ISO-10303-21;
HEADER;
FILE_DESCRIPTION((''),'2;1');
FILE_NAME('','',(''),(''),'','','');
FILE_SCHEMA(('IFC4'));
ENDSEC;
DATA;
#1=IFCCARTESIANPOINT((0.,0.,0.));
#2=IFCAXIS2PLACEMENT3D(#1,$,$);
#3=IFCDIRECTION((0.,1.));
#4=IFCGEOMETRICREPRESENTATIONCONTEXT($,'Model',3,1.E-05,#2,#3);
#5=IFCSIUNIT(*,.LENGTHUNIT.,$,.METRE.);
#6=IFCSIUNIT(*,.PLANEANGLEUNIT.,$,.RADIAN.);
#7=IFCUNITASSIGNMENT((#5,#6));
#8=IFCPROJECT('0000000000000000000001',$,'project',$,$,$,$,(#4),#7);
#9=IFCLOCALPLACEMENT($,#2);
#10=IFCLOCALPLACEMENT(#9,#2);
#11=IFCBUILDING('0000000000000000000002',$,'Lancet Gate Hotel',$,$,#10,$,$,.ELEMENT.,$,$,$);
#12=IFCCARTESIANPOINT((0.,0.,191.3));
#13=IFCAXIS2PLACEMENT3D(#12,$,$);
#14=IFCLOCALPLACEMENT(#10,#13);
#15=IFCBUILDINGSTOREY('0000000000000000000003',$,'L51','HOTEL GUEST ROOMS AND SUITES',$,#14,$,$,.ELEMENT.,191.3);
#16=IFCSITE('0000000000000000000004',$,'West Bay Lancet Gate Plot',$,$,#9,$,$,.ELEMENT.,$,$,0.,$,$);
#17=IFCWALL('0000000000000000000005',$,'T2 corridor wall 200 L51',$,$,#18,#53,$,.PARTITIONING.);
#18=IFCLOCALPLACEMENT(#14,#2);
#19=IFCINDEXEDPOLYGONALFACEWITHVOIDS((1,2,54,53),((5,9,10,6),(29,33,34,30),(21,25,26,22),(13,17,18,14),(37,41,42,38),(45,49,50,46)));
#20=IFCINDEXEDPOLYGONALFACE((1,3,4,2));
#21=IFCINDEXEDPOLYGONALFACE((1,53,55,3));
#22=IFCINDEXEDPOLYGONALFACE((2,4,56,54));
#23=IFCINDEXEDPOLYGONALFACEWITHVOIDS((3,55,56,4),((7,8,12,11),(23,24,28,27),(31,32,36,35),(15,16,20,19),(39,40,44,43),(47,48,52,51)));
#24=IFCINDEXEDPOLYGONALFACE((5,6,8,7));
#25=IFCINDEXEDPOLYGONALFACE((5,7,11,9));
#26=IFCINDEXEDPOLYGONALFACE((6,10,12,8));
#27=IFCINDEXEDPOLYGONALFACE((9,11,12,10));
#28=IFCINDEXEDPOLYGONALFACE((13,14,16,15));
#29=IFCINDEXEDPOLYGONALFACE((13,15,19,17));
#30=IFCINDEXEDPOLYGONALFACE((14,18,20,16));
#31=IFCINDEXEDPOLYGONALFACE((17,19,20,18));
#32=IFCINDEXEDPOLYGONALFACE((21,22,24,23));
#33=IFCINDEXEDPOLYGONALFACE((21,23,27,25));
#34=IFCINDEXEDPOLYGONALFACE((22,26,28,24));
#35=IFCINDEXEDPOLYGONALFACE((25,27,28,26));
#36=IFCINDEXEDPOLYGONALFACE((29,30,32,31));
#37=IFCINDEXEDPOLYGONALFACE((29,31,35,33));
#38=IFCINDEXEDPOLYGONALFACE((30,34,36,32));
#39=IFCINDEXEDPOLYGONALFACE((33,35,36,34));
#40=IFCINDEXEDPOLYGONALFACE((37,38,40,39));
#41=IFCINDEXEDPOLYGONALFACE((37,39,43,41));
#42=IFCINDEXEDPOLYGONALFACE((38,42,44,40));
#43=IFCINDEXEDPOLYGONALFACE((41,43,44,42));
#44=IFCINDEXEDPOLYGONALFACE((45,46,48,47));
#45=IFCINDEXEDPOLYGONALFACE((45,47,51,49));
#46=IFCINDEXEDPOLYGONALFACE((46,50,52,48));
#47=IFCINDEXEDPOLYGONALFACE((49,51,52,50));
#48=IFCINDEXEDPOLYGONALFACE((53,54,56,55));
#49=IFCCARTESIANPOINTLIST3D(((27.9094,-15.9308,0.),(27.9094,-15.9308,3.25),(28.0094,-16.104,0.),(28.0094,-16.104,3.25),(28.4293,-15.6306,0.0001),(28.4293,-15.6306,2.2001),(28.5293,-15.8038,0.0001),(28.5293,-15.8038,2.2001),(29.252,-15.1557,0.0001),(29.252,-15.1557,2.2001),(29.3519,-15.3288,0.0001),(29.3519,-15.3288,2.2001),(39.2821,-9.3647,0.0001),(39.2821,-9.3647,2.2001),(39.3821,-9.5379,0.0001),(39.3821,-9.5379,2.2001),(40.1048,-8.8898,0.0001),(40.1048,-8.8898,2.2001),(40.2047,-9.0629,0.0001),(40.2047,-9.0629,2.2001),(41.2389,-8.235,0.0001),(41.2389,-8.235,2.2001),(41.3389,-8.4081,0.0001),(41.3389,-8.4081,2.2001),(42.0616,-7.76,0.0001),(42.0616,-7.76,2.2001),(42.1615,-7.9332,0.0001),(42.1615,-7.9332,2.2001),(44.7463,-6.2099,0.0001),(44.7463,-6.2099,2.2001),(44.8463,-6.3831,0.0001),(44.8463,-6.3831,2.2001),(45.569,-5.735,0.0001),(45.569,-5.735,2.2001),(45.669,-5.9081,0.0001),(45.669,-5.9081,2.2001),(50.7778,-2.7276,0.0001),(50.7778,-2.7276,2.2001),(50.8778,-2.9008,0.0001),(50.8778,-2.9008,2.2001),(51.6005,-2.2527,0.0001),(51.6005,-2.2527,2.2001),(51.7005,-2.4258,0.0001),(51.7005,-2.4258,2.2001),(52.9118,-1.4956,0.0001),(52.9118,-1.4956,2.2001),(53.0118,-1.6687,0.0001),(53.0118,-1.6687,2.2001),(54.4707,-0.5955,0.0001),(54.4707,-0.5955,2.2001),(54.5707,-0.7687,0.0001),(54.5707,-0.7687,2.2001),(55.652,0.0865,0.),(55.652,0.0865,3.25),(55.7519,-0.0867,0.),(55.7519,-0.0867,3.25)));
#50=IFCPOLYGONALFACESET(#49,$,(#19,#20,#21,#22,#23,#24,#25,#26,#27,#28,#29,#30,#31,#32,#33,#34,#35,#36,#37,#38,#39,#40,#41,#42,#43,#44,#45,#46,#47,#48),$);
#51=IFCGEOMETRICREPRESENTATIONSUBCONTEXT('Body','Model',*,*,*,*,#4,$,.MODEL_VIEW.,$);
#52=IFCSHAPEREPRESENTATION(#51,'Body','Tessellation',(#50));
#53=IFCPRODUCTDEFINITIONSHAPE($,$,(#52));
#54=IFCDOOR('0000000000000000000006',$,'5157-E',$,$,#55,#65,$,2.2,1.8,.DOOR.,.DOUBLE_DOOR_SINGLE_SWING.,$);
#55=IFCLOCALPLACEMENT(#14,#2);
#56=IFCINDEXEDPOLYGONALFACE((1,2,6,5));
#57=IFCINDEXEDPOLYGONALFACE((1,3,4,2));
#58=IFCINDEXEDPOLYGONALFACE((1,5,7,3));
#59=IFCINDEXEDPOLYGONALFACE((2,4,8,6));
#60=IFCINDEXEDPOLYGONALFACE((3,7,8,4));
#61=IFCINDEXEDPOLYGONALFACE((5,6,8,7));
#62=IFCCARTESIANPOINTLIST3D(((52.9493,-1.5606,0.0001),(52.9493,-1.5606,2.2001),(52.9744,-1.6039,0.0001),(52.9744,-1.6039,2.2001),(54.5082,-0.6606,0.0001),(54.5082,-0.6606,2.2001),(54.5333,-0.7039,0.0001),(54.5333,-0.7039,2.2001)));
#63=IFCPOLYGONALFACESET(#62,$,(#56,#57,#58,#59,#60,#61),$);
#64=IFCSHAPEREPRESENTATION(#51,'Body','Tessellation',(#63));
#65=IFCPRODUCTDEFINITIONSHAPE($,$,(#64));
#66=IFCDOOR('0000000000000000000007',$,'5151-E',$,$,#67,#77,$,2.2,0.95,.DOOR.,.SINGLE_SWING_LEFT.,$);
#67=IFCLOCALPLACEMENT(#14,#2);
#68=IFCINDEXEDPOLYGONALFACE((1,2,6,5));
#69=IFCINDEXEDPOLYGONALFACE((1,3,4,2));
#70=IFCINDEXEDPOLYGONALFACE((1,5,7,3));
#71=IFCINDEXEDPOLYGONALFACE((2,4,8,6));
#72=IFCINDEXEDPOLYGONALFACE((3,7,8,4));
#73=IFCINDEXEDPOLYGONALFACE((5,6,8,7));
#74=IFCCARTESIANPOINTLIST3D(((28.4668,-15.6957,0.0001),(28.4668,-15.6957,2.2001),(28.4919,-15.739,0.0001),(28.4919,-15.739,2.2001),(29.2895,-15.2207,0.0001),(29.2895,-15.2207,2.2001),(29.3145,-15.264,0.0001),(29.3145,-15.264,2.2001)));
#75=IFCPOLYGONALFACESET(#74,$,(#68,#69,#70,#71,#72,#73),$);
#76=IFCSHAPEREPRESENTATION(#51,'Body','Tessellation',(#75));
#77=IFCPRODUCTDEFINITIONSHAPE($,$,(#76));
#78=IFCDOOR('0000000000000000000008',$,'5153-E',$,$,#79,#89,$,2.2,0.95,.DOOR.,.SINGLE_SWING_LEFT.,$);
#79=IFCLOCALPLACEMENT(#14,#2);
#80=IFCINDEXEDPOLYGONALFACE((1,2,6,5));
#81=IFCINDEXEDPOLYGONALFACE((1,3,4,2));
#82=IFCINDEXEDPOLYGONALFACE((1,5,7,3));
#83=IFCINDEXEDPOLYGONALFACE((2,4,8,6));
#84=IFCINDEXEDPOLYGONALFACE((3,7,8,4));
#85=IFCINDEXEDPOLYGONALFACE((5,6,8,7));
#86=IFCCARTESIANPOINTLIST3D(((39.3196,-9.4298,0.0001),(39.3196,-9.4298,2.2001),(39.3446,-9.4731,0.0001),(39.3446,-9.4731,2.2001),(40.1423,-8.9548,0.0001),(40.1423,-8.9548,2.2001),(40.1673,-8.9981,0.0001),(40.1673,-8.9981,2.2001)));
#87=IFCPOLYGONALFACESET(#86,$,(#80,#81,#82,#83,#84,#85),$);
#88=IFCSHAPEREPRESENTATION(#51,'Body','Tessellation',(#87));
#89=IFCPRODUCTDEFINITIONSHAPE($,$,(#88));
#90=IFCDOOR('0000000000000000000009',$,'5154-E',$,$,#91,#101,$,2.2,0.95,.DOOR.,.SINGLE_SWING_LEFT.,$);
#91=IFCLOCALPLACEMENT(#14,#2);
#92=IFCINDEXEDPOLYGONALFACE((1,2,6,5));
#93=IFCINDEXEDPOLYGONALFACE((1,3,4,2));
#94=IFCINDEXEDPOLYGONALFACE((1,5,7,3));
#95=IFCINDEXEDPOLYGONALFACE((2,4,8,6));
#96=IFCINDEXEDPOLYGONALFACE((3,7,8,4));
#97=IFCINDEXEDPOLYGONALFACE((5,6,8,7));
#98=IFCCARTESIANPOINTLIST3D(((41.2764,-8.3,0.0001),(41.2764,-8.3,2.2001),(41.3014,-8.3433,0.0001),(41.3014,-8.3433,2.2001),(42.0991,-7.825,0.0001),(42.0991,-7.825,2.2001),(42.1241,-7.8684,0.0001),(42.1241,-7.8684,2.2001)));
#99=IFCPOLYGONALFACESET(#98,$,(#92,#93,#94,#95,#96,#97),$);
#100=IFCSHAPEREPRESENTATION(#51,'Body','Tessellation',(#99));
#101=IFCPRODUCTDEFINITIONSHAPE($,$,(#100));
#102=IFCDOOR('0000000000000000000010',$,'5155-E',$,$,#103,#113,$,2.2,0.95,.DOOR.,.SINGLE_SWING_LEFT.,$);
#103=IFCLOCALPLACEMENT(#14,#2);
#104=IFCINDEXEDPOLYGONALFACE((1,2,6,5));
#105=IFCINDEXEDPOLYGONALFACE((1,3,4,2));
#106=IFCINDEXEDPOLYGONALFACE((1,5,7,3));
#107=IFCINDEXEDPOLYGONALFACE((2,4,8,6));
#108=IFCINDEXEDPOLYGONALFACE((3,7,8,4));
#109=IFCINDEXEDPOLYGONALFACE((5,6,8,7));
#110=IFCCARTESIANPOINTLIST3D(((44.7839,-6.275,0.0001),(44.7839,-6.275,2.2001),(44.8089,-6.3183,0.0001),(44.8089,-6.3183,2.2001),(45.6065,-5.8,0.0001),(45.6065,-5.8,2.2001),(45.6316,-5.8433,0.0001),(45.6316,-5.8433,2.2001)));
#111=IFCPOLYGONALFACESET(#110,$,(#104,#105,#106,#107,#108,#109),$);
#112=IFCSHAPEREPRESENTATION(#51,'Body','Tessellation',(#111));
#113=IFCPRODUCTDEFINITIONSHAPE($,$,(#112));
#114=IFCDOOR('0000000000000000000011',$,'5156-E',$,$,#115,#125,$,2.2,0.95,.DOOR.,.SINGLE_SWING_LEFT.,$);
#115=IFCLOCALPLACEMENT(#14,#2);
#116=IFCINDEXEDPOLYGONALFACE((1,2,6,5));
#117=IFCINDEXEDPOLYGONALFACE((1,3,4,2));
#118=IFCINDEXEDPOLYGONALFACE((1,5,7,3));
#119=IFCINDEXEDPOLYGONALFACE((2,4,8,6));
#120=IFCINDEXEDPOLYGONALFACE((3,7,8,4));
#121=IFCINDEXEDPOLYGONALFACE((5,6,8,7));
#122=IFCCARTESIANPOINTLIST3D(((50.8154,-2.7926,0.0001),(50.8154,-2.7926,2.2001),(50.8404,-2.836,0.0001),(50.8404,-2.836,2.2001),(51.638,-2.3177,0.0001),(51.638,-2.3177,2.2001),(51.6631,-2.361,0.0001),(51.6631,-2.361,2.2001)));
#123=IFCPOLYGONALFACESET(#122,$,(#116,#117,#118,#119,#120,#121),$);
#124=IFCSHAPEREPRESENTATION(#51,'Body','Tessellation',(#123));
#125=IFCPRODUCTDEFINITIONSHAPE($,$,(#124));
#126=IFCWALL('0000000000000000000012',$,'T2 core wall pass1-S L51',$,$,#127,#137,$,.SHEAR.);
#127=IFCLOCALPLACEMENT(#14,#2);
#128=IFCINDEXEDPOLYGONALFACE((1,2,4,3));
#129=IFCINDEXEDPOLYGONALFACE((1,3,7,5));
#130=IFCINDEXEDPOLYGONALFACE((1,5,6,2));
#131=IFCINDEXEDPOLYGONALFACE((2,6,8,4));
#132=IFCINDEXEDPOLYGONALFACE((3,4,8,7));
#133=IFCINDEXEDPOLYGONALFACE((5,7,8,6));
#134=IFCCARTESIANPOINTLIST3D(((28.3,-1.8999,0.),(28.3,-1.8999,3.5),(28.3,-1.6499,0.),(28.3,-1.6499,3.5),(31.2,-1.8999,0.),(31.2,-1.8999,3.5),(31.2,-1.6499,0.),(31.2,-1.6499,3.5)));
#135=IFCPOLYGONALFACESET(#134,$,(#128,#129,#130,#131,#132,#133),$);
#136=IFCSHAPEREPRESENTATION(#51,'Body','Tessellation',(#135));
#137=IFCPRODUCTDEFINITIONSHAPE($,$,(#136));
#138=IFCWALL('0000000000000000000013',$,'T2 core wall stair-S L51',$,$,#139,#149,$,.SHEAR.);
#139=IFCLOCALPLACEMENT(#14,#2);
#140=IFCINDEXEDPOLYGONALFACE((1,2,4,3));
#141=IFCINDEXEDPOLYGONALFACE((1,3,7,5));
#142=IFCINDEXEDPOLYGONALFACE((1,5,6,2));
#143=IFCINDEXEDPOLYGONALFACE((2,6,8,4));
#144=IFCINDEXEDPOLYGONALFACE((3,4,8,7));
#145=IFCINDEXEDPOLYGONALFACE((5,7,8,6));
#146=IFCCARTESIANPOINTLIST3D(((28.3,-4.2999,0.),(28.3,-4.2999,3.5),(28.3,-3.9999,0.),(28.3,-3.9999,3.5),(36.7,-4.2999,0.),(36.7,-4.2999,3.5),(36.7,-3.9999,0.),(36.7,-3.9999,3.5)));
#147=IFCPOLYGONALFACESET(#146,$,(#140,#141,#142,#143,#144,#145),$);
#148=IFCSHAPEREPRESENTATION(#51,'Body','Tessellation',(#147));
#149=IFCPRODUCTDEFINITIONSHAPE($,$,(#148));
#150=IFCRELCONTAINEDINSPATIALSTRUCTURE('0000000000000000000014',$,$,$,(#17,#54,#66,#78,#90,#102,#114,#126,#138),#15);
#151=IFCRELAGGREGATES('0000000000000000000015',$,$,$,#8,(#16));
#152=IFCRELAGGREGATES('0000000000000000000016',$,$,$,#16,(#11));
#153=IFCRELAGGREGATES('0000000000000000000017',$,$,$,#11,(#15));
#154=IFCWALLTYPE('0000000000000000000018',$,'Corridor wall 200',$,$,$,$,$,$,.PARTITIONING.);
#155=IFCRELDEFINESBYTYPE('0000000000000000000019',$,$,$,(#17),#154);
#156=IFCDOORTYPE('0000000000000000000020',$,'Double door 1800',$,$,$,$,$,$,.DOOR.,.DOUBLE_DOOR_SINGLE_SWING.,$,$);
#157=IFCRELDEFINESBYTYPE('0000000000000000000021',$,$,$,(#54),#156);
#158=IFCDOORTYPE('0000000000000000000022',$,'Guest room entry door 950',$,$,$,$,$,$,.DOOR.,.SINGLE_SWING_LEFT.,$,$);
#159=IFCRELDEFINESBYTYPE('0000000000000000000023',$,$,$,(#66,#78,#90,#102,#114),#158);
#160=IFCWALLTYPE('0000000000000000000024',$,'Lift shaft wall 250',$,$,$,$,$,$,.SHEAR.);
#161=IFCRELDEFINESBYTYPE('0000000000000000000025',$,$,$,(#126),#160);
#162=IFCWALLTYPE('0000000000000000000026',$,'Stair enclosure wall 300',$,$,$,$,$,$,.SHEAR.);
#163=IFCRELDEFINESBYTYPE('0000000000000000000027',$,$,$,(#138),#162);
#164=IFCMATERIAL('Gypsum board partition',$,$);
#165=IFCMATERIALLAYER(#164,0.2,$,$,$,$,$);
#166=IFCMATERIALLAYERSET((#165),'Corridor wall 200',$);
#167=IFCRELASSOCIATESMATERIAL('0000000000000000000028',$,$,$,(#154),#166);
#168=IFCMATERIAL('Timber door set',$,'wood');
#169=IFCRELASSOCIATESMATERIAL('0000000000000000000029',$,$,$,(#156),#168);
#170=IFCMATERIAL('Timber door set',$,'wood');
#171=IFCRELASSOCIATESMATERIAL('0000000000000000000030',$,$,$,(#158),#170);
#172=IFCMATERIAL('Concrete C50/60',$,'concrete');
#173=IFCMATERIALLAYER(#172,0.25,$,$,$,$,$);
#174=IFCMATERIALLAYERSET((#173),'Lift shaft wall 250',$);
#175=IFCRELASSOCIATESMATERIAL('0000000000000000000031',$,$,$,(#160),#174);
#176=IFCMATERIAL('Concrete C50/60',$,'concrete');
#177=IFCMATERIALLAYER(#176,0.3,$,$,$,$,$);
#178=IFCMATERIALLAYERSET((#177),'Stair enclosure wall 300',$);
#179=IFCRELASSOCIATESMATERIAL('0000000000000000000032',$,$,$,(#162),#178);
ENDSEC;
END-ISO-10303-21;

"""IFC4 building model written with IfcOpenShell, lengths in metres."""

from ifc_helpers import new_model, si_unit, direction, frame, frame_2d, origin, place, context, subcontext, project, spatial, rectangle, extrude, material, layer, layer_set, type_object, element, fill, save


model = new_model("IFC4")

# Units and contexts
model_context = context("Model", 3, precision=1e-05, world=origin(), true_north=direction((0.0, 1.0)))
body_context = subcontext(model_context, "Body", "Model", "MODEL_VIEW")
ifc_project = project(units=[si_unit("LENGTHUNIT", "METRE"), si_unit("PLANEANGLEUNIT", "RADIAN")], contexts=[model_context])

# Site, building, storey
site_placement = place(None, origin())
site = spatial("IfcSite", under=ifc_project, at=site_placement, Name="West Bay Lancet Gate Plot", CompositionType="ELEMENT", RefElevation=0.0)
building_placement = place(site_placement, origin())
building = spatial("IfcBuilding", under=site, at=building_placement, Name="Lancet Gate Hotel", CompositionType="ELEMENT")
storey_placement = place(building_placement, frame((0.0, 0.0, 191.3)))
storey = spatial("IfcBuildingStorey", under=building, at=storey_placement, Name="L51", Description="HOTEL GUEST ROOMS AND SUITES", CompositionType="ELEMENT", Elevation=191.3)

# Wall, openings, doors
ifc_material_1 = material(Name="Gypsum board partition")
ifc_layer_1 = layer(ifc_material_1, 0.2)
ifc_layer_set_1 = layer_set([ifc_layer_1], Name="Corridor wall 200")
wall_type_1 = type_object("IfcWallType", Name="Corridor wall 200", PredefinedType="PARTITIONING", material=ifc_layer_set_1)
wall_1_placement = place(storey_placement, frame((27.9595, -16.0173, 0.0), z_axis=(0.0, 0.0, 1.0), x_axis=(0.866024, 0.500002, 0.0)))
wall_1 = element("IfcWall", 1, at=wall_1_placement, inside=storey, type_object=wall_type_1, Name="T2 corridor wall 200 L51", PredefinedType="PARTITIONING", context=body_context, shape_type="SweptSolid", body=[
    extrude(rectangle(XDim=32.0344, YDim=0.2, at=frame_2d((16.0171, 0.0))), origin(), (0.0, 0.0, 1.0), 3.25),
])
opening_1_placement = place(wall_1_placement, frame((0.6001, 0.0, 0.0)))
opening_1 = element("IfcOpeningElement", 2, at=opening_1_placement, cuts=wall_1, PredefinedType="OPENING", context=body_context, shape_type="SweptSolid", body=[
    extrude(rectangle(XDim=0.95, YDim=2.2, at=frame_2d((0.4751, 1.1001))), frame((0.0, 0.1099, 0.0), z_axis=(0.0, -1.0, 0.0), x_axis=(1.0, 0.0, 0.0)), (0.0, 0.0, 1.0), 0.22),
])
opening_2_placement = place(wall_1_placement, frame((13.1318, 0.0, 0.0)))
opening_2 = element("IfcOpeningElement", 3, at=opening_2_placement, cuts=wall_1, PredefinedType="OPENING", context=body_context, shape_type="SweptSolid", body=[
    extrude(rectangle(XDim=0.95, YDim=2.2, at=frame_2d((0.4751, 1.1001))), frame((0.0, 0.1099, 0.0), z_axis=(0.0, -1.0, 0.0), x_axis=(1.0, 0.0, 0.0)), (0.0, 0.0, 1.0), 0.22),
])
opening_3_placement = place(wall_1_placement, frame((15.3914, 0.0, 0.0)))
opening_3 = element("IfcOpeningElement", 4, at=opening_3_placement, cuts=wall_1, PredefinedType="OPENING", context=body_context, shape_type="SweptSolid", body=[
    extrude(rectangle(XDim=0.95, YDim=2.2, at=frame_2d((0.4751, 1.1001))), frame((0.0, 0.1099, 0.0), z_axis=(0.0, -1.0, 0.0), x_axis=(1.0, 0.0, 0.0)), (0.0, 0.0, 1.0), 0.22),
])
opening_4_placement = place(wall_1_placement, frame((19.4414, 0.0, 0.0)))
opening_4 = element("IfcOpeningElement", 5, at=opening_4_placement, cuts=wall_1, PredefinedType="OPENING", context=body_context, shape_type="SweptSolid", body=[
    extrude(rectangle(XDim=0.95, YDim=2.2, at=frame_2d((0.4751, 1.1001))), frame((0.0, 0.1099, 0.0), z_axis=(0.0, -1.0, 0.0), x_axis=(1.0, 0.0, 0.0)), (0.0, 0.0, 1.0), 0.22),
])
opening_5_placement = place(wall_1_placement, frame((26.406, 0.0, 0.0)))
opening_5 = element("IfcOpeningElement", 6, at=opening_5_placement, cuts=wall_1, PredefinedType="OPENING", context=body_context, shape_type="SweptSolid", body=[
    extrude(rectangle(XDim=0.95, YDim=2.2, at=frame_2d((0.4751, 1.1001))), frame((0.0, 0.1099, 0.0), z_axis=(0.0, -1.0, 0.0), x_axis=(1.0, 0.0, 0.0)), (0.0, 0.0, 1.0), 0.22),
])
opening_6_placement = place(wall_1_placement, frame((28.8704, 0.0, 0.0)))
opening_6 = element("IfcOpeningElement", 7, at=opening_6_placement, cuts=wall_1, PredefinedType="OPENING", context=body_context, shape_type="SweptSolid", body=[
    extrude(rectangle(XDim=1.8, YDim=2.2, at=frame_2d((0.8999, 1.1001))), frame((0.0, 0.1099, 0.0), z_axis=(0.0, -1.0, 0.0), x_axis=(1.0, 0.0, 0.0)), (0.0, 0.0, 1.0), 0.22),
])
ifc_material_2 = material(Name="Timber door set", Category="wood")
door_type_1 = type_object("IfcDoorType", Name="Double door 1800", OperationType="DOUBLE_DOOR_SINGLE_SWING", PredefinedType="DOOR", material=ifc_material_2)
door_1_placement = place(opening_6_placement, origin())
door_1 = element("IfcDoor", 8, at=door_1_placement, inside=storey, type_object=door_type_1, Name="5157-E", OperationType="DOUBLE_DOOR_SINGLE_SWING", OverallHeight=2.2, OverallWidth=1.8, PredefinedType="DOOR", context=body_context, shape_type="SweptSolid", body=[
    extrude(rectangle(XDim=1.8, YDim=2.2, at=frame_2d((0.8999, 1.1001))), frame((0.0, 0.0249, 0.0), z_axis=(0.0, -1.0, 0.0), x_axis=(1.0, 0.0, 0.0)), (0.0, 0.0, 1.0), 0.05),
])
fill(opening_6, door_1)
ifc_material_3 = material(Name="Timber door set", Category="wood")
door_type_2 = type_object("IfcDoorType", Name="Guest room entry door 950", OperationType="SINGLE_SWING_LEFT", PredefinedType="DOOR", material=ifc_material_3)
door_2_placement = place(opening_1_placement, origin())
door_2 = element("IfcDoor", 9, at=door_2_placement, inside=storey, type_object=door_type_2, Name="5151-E", OperationType="SINGLE_SWING_LEFT", OverallHeight=2.2, OverallWidth=0.95, PredefinedType="DOOR", context=body_context, shape_type="SweptSolid", body=[
    extrude(rectangle(XDim=0.95, YDim=2.2, at=frame_2d((0.4751, 1.1001))), frame((0.0, 0.0249, 0.0), z_axis=(0.0, -1.0, 0.0), x_axis=(1.0, 0.0, 0.0)), (0.0, 0.0, 1.0), 0.05),
])
fill(opening_1, door_2)
door_3_placement = place(opening_2_placement, origin())
door_3 = element("IfcDoor", 10, at=door_3_placement, inside=storey, type_object=door_type_2, Name="5153-E", OperationType="SINGLE_SWING_LEFT", OverallHeight=2.2, OverallWidth=0.95, PredefinedType="DOOR", context=body_context, shape_type="SweptSolid", body=[
    extrude(rectangle(XDim=0.95, YDim=2.2, at=frame_2d((0.4751, 1.1001))), frame((0.0, 0.0249, 0.0), z_axis=(0.0, -1.0, 0.0), x_axis=(1.0, 0.0, 0.0)), (0.0, 0.0, 1.0), 0.05),
])
fill(opening_2, door_3)
door_4_placement = place(opening_3_placement, origin())
door_4 = element("IfcDoor", 11, at=door_4_placement, inside=storey, type_object=door_type_2, Name="5154-E", OperationType="SINGLE_SWING_LEFT", OverallHeight=2.2, OverallWidth=0.95, PredefinedType="DOOR", context=body_context, shape_type="SweptSolid", body=[
    extrude(rectangle(XDim=0.95, YDim=2.2, at=frame_2d((0.4751, 1.1001))), frame((0.0, 0.0249, 0.0), z_axis=(0.0, -1.0, 0.0), x_axis=(1.0, 0.0, 0.0)), (0.0, 0.0, 1.0), 0.05),
])
fill(opening_3, door_4)
door_5_placement = place(opening_4_placement, origin())
door_5 = element("IfcDoor", 12, at=door_5_placement, inside=storey, type_object=door_type_2, Name="5155-E", OperationType="SINGLE_SWING_LEFT", OverallHeight=2.2, OverallWidth=0.95, PredefinedType="DOOR", context=body_context, shape_type="SweptSolid", body=[
    extrude(rectangle(XDim=0.95, YDim=2.2, at=frame_2d((0.4751, 1.1001))), frame((0.0, 0.0249, 0.0), z_axis=(0.0, -1.0, 0.0), x_axis=(1.0, 0.0, 0.0)), (0.0, 0.0, 1.0), 0.05),
])
fill(opening_4, door_5)
door_6_placement = place(opening_5_placement, origin())
door_6 = element("IfcDoor", 13, at=door_6_placement, inside=storey, type_object=door_type_2, Name="5156-E", OperationType="SINGLE_SWING_LEFT", OverallHeight=2.2, OverallWidth=0.95, PredefinedType="DOOR", context=body_context, shape_type="SweptSolid", body=[
    extrude(rectangle(XDim=0.95, YDim=2.2, at=frame_2d((0.4751, 1.1001))), frame((0.0, 0.0249, 0.0), z_axis=(0.0, -1.0, 0.0), x_axis=(1.0, 0.0, 0.0)), (0.0, 0.0, 1.0), 0.05),
])
fill(opening_5, door_6)

# Walls
ifc_material_4 = material(Name="Concrete C50/60", Category="concrete")
ifc_layer_2 = layer(ifc_material_4, 0.25)
ifc_layer_set_2 = layer_set([ifc_layer_2], Name="Lift shaft wall 250")
wall_type_2 = type_object("IfcWallType", Name="Lift shaft wall 250", PredefinedType="SHEAR", material=ifc_layer_set_2)
wall_2_placement = place(storey_placement, frame((28.3, -1.7749, 0.0), z_axis=(0.0, 0.0, 1.0), x_axis=(1.0, 0.0, 0.0)))
element("IfcWall", 14, at=wall_2_placement, inside=storey, type_object=wall_type_2, Name="T2 core wall pass1-S L51", PredefinedType="SHEAR", context=body_context, shape_type="SweptSolid", body=[
    extrude(rectangle(XDim=2.8999, YDim=0.25, at=frame_2d((1.45, 0.0))), origin(), (0.0, 0.0, 1.0), 3.5),
])
ifc_material_5 = material(Name="Concrete C50/60", Category="concrete")
ifc_layer_3 = layer(ifc_material_5, 0.3)
ifc_layer_set_3 = layer_set([ifc_layer_3], Name="Stair enclosure wall 300")
wall_type_3 = type_object("IfcWallType", Name="Stair enclosure wall 300", PredefinedType="SHEAR", material=ifc_layer_set_3)
wall_3_placement = place(storey_placement, frame((28.3, -4.1499, 0.0), z_axis=(0.0, 0.0, 1.0), x_axis=(1.0, 0.0, 0.0)))
element("IfcWall", 15, at=wall_3_placement, inside=storey, type_object=wall_type_3, Name="T2 core wall stair-S L51", PredefinedType="SHEAR", context=body_context, shape_type="SweptSolid", body=[
    extrude(rectangle(XDim=8.3999, YDim=0.3, at=frame_2d((4.2, 0.0))), origin(), (0.0, 0.0, 1.0), 3.5),
])

save(model, "model.ifc")
